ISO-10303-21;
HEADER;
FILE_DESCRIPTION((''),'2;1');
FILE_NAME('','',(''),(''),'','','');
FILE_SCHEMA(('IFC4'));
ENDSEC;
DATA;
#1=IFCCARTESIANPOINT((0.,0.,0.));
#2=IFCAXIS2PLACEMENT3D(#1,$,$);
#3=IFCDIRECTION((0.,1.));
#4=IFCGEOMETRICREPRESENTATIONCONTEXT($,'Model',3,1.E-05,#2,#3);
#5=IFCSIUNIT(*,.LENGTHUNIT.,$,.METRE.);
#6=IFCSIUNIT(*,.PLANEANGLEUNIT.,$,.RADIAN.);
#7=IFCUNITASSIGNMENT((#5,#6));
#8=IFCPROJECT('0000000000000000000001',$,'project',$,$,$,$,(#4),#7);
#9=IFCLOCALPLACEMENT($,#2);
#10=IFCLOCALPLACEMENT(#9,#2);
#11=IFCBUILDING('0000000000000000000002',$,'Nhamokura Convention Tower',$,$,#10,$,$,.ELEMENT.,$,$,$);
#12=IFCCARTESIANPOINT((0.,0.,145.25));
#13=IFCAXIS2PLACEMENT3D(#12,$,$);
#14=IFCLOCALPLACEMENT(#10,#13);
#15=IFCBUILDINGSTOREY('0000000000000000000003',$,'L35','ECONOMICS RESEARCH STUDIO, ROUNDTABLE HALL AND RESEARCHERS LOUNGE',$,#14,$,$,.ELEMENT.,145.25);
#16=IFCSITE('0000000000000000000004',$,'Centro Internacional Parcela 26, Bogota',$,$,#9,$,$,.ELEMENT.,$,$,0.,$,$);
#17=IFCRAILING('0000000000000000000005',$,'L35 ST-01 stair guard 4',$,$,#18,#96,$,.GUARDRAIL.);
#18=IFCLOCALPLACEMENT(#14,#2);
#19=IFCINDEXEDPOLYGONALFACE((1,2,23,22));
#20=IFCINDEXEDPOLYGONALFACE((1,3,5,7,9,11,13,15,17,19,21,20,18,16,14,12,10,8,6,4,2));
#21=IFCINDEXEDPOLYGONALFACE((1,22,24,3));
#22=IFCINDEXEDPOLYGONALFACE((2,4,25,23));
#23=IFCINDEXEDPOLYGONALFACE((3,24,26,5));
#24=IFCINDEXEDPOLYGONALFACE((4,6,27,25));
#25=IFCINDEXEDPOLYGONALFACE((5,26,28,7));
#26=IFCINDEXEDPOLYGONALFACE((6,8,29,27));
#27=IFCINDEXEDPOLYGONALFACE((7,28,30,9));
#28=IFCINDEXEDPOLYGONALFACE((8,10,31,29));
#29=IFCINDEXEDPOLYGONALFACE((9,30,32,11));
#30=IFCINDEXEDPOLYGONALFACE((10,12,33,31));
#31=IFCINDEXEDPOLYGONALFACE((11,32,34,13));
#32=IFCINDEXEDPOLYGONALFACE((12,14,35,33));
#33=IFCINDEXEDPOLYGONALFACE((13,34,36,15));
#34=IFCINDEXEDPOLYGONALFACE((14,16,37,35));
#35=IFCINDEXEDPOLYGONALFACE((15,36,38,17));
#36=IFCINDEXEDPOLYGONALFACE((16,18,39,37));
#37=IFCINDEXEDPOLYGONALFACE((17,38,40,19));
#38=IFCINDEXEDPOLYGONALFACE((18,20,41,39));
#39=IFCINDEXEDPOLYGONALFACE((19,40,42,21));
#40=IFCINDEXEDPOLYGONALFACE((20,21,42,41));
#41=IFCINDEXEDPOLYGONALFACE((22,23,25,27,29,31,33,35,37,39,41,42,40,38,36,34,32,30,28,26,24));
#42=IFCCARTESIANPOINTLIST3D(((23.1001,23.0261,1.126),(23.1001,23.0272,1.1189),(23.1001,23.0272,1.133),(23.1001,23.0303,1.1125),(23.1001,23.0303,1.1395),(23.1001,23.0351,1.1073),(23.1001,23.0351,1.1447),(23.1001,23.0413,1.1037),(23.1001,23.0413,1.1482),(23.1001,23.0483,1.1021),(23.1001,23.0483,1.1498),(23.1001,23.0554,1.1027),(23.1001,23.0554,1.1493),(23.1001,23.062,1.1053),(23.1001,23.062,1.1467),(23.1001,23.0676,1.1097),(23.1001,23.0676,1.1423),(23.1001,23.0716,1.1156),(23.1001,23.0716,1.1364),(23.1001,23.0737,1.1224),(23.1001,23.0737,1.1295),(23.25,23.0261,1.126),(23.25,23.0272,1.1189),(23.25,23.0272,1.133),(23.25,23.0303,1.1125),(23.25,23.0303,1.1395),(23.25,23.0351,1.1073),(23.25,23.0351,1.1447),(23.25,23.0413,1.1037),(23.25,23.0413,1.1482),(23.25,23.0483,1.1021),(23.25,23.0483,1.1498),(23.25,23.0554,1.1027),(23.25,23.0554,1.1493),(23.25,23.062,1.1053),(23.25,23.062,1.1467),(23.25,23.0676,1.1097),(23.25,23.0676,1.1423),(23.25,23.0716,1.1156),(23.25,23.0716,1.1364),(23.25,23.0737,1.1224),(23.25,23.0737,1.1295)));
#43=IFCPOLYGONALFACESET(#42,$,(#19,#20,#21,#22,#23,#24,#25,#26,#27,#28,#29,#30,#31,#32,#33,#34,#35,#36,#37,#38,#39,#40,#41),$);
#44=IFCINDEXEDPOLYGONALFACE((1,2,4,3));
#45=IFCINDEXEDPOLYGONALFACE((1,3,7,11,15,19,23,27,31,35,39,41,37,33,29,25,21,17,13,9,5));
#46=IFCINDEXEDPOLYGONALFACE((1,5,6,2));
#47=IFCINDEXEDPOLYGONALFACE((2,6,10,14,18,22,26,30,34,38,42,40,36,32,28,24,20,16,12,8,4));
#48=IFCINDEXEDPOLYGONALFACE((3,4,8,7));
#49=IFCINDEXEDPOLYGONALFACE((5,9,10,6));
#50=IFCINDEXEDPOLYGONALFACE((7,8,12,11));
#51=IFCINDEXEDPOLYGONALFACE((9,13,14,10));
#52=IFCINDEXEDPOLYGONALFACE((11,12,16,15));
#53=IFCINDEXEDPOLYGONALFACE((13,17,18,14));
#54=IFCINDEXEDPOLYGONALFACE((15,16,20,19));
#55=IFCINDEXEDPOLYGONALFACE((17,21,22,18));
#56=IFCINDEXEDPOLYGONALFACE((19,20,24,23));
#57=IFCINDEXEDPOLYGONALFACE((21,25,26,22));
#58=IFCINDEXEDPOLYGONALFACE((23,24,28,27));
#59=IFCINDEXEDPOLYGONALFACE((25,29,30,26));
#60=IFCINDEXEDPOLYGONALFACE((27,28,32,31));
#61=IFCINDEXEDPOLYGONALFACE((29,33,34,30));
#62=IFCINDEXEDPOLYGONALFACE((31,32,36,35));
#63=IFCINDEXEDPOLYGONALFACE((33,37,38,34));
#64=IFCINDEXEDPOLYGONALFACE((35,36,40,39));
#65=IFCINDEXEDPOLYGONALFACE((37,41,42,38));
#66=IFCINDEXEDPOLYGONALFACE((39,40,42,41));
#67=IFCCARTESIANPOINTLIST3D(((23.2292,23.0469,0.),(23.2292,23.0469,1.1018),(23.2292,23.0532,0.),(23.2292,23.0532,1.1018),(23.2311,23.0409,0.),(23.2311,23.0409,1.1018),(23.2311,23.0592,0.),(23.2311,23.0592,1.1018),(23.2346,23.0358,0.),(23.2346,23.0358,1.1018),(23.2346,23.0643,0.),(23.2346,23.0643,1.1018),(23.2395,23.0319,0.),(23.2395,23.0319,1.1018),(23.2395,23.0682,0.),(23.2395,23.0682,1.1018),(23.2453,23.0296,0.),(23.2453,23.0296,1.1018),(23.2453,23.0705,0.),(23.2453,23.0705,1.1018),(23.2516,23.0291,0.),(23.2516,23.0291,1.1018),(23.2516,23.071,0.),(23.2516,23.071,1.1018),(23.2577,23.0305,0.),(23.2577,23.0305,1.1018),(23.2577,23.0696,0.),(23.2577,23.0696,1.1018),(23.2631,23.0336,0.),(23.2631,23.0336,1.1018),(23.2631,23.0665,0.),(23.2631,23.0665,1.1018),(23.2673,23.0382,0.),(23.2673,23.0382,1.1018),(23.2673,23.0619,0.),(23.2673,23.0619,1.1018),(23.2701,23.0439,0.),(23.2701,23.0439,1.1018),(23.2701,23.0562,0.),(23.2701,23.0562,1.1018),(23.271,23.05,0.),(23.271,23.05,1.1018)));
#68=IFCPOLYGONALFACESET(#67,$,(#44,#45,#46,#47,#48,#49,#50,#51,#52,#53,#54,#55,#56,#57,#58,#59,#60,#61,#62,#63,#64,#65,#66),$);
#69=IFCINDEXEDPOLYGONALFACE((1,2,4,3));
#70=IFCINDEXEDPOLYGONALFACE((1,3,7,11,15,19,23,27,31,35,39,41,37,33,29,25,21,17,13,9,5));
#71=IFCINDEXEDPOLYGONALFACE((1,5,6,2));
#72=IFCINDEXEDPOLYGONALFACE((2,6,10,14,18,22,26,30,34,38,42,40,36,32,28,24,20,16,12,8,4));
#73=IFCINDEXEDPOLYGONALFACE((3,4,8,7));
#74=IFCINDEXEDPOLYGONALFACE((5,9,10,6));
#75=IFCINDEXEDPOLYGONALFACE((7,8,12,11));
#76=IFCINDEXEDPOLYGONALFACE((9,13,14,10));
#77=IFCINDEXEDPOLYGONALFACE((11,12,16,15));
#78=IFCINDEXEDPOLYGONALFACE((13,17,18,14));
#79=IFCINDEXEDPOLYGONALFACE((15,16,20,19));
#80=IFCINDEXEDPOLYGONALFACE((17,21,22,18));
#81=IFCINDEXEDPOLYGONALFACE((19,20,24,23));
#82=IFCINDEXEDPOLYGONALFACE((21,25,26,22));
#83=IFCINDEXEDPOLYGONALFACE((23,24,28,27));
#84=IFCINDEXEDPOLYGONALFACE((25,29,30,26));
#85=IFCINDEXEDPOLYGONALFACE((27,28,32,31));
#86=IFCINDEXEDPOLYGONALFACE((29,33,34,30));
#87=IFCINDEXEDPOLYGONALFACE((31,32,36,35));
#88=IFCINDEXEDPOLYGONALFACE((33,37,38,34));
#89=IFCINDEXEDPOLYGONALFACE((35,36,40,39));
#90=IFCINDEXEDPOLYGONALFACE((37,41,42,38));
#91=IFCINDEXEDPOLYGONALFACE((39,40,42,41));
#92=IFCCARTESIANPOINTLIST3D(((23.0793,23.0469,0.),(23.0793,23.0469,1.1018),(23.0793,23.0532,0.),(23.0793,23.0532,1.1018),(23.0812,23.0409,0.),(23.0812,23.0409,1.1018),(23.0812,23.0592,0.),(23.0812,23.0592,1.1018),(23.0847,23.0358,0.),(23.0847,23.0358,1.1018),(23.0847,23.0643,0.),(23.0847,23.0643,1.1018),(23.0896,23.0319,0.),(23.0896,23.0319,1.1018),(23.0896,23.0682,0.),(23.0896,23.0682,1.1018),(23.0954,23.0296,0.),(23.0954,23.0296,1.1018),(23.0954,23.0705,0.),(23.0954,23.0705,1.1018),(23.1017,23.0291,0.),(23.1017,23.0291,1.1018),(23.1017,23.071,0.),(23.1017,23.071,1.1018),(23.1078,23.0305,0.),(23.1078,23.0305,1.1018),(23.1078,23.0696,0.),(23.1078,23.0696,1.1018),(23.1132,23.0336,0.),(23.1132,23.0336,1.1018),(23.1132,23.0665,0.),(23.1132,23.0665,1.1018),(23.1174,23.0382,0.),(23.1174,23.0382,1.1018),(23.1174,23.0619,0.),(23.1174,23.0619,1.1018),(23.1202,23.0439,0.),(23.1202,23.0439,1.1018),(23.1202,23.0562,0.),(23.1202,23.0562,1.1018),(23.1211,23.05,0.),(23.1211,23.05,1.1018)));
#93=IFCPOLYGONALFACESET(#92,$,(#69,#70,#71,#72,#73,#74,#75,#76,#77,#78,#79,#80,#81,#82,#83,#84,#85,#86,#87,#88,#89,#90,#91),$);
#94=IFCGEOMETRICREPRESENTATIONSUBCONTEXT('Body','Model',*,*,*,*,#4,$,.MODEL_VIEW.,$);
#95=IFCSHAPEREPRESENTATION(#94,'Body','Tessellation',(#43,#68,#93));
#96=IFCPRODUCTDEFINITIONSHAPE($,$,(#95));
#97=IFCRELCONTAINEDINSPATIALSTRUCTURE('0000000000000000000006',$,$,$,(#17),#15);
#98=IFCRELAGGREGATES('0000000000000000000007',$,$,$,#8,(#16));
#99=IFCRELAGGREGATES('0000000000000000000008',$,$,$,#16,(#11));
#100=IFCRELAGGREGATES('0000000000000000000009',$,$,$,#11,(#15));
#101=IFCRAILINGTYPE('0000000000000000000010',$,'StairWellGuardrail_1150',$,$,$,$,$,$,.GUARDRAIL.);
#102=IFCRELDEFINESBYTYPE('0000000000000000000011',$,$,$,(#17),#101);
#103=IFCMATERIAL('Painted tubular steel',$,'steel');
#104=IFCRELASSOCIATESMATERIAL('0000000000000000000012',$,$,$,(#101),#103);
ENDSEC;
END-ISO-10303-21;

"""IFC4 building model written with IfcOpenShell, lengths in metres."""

from ifc_helpers import new_model, si_unit, direction, frame, origin, origin_2d, place, context, subcontext, project, spatial, circle, extrude, material, type_object, element, save


model = new_model("IFC4")

# Units and contexts
model_context = context("Model", 3, precision=1e-05, world=origin(), true_north=direction((0.0, 1.0)))
body_context = subcontext(model_context, "Body", "Model", "MODEL_VIEW")
ifc_project = project(units=[si_unit("LENGTHUNIT", "METRE"), si_unit("PLANEANGLEUNIT", "RADIAN")], contexts=[model_context])

# Site, building, storey
site_placement = place(None, origin())
site = spatial("IfcSite", under=ifc_project, at=site_placement, Name="Centro Internacional Parcela 26, Bogota", CompositionType="ELEMENT", RefElevation=0.0)
building_placement = place(site_placement, origin())
building = spatial("IfcBuilding", under=site, at=building_placement, Name="Nhamokura Convention Tower", CompositionType="ELEMENT")
storey_placement = place(building_placement, frame((0.0, 0.0, 145.25)))
storey = spatial("IfcBuildingStorey", under=building, at=storey_placement, Name="L35", Description="ECONOMICS RESEARCH STUDIO, ROUNDTABLE HALL AND RESEARCHERS LOUNGE", CompositionType="ELEMENT", Elevation=145.25)

# Railing
ifc_material_1 = material(Name="Painted tubular steel", Category="steel")
railing_type_1 = type_object("IfcRailingType", Name="StairWellGuardrail_1150", PredefinedType="GUARDRAIL", material=ifc_material_1)
railing_1_placement = place(storey_placement, frame((23.25, 23.05, 0.0)))
element("IfcRailing", 1, at=railing_1_placement, inside=storey, type_object=railing_type_1, Name="L35 ST-01 stair guard 4", PredefinedType="GUARDRAIL", context=body_context, shape_type="SweptSolid", body=[
    extrude(circle(Radius=0.0239, at=origin_2d()), frame((0.0, 0.0, 1.126), z_axis=(-1.0, 0.0, 0.0), x_axis=(0.0, -1.0, 0.0)), (0.0, 0.0, 1.0), 0.1499),
    extrude(circle(Radius=0.021, at=origin_2d()), origin(), (0.0, 0.0, 1.0), 1.1018),
    extrude(circle(Radius=0.021, at=origin_2d()), frame((-0.1499, 0.0, 0.0)), (0.0, 0.0, 1.0), 1.1018),
])

save(model, "model.ifc")
